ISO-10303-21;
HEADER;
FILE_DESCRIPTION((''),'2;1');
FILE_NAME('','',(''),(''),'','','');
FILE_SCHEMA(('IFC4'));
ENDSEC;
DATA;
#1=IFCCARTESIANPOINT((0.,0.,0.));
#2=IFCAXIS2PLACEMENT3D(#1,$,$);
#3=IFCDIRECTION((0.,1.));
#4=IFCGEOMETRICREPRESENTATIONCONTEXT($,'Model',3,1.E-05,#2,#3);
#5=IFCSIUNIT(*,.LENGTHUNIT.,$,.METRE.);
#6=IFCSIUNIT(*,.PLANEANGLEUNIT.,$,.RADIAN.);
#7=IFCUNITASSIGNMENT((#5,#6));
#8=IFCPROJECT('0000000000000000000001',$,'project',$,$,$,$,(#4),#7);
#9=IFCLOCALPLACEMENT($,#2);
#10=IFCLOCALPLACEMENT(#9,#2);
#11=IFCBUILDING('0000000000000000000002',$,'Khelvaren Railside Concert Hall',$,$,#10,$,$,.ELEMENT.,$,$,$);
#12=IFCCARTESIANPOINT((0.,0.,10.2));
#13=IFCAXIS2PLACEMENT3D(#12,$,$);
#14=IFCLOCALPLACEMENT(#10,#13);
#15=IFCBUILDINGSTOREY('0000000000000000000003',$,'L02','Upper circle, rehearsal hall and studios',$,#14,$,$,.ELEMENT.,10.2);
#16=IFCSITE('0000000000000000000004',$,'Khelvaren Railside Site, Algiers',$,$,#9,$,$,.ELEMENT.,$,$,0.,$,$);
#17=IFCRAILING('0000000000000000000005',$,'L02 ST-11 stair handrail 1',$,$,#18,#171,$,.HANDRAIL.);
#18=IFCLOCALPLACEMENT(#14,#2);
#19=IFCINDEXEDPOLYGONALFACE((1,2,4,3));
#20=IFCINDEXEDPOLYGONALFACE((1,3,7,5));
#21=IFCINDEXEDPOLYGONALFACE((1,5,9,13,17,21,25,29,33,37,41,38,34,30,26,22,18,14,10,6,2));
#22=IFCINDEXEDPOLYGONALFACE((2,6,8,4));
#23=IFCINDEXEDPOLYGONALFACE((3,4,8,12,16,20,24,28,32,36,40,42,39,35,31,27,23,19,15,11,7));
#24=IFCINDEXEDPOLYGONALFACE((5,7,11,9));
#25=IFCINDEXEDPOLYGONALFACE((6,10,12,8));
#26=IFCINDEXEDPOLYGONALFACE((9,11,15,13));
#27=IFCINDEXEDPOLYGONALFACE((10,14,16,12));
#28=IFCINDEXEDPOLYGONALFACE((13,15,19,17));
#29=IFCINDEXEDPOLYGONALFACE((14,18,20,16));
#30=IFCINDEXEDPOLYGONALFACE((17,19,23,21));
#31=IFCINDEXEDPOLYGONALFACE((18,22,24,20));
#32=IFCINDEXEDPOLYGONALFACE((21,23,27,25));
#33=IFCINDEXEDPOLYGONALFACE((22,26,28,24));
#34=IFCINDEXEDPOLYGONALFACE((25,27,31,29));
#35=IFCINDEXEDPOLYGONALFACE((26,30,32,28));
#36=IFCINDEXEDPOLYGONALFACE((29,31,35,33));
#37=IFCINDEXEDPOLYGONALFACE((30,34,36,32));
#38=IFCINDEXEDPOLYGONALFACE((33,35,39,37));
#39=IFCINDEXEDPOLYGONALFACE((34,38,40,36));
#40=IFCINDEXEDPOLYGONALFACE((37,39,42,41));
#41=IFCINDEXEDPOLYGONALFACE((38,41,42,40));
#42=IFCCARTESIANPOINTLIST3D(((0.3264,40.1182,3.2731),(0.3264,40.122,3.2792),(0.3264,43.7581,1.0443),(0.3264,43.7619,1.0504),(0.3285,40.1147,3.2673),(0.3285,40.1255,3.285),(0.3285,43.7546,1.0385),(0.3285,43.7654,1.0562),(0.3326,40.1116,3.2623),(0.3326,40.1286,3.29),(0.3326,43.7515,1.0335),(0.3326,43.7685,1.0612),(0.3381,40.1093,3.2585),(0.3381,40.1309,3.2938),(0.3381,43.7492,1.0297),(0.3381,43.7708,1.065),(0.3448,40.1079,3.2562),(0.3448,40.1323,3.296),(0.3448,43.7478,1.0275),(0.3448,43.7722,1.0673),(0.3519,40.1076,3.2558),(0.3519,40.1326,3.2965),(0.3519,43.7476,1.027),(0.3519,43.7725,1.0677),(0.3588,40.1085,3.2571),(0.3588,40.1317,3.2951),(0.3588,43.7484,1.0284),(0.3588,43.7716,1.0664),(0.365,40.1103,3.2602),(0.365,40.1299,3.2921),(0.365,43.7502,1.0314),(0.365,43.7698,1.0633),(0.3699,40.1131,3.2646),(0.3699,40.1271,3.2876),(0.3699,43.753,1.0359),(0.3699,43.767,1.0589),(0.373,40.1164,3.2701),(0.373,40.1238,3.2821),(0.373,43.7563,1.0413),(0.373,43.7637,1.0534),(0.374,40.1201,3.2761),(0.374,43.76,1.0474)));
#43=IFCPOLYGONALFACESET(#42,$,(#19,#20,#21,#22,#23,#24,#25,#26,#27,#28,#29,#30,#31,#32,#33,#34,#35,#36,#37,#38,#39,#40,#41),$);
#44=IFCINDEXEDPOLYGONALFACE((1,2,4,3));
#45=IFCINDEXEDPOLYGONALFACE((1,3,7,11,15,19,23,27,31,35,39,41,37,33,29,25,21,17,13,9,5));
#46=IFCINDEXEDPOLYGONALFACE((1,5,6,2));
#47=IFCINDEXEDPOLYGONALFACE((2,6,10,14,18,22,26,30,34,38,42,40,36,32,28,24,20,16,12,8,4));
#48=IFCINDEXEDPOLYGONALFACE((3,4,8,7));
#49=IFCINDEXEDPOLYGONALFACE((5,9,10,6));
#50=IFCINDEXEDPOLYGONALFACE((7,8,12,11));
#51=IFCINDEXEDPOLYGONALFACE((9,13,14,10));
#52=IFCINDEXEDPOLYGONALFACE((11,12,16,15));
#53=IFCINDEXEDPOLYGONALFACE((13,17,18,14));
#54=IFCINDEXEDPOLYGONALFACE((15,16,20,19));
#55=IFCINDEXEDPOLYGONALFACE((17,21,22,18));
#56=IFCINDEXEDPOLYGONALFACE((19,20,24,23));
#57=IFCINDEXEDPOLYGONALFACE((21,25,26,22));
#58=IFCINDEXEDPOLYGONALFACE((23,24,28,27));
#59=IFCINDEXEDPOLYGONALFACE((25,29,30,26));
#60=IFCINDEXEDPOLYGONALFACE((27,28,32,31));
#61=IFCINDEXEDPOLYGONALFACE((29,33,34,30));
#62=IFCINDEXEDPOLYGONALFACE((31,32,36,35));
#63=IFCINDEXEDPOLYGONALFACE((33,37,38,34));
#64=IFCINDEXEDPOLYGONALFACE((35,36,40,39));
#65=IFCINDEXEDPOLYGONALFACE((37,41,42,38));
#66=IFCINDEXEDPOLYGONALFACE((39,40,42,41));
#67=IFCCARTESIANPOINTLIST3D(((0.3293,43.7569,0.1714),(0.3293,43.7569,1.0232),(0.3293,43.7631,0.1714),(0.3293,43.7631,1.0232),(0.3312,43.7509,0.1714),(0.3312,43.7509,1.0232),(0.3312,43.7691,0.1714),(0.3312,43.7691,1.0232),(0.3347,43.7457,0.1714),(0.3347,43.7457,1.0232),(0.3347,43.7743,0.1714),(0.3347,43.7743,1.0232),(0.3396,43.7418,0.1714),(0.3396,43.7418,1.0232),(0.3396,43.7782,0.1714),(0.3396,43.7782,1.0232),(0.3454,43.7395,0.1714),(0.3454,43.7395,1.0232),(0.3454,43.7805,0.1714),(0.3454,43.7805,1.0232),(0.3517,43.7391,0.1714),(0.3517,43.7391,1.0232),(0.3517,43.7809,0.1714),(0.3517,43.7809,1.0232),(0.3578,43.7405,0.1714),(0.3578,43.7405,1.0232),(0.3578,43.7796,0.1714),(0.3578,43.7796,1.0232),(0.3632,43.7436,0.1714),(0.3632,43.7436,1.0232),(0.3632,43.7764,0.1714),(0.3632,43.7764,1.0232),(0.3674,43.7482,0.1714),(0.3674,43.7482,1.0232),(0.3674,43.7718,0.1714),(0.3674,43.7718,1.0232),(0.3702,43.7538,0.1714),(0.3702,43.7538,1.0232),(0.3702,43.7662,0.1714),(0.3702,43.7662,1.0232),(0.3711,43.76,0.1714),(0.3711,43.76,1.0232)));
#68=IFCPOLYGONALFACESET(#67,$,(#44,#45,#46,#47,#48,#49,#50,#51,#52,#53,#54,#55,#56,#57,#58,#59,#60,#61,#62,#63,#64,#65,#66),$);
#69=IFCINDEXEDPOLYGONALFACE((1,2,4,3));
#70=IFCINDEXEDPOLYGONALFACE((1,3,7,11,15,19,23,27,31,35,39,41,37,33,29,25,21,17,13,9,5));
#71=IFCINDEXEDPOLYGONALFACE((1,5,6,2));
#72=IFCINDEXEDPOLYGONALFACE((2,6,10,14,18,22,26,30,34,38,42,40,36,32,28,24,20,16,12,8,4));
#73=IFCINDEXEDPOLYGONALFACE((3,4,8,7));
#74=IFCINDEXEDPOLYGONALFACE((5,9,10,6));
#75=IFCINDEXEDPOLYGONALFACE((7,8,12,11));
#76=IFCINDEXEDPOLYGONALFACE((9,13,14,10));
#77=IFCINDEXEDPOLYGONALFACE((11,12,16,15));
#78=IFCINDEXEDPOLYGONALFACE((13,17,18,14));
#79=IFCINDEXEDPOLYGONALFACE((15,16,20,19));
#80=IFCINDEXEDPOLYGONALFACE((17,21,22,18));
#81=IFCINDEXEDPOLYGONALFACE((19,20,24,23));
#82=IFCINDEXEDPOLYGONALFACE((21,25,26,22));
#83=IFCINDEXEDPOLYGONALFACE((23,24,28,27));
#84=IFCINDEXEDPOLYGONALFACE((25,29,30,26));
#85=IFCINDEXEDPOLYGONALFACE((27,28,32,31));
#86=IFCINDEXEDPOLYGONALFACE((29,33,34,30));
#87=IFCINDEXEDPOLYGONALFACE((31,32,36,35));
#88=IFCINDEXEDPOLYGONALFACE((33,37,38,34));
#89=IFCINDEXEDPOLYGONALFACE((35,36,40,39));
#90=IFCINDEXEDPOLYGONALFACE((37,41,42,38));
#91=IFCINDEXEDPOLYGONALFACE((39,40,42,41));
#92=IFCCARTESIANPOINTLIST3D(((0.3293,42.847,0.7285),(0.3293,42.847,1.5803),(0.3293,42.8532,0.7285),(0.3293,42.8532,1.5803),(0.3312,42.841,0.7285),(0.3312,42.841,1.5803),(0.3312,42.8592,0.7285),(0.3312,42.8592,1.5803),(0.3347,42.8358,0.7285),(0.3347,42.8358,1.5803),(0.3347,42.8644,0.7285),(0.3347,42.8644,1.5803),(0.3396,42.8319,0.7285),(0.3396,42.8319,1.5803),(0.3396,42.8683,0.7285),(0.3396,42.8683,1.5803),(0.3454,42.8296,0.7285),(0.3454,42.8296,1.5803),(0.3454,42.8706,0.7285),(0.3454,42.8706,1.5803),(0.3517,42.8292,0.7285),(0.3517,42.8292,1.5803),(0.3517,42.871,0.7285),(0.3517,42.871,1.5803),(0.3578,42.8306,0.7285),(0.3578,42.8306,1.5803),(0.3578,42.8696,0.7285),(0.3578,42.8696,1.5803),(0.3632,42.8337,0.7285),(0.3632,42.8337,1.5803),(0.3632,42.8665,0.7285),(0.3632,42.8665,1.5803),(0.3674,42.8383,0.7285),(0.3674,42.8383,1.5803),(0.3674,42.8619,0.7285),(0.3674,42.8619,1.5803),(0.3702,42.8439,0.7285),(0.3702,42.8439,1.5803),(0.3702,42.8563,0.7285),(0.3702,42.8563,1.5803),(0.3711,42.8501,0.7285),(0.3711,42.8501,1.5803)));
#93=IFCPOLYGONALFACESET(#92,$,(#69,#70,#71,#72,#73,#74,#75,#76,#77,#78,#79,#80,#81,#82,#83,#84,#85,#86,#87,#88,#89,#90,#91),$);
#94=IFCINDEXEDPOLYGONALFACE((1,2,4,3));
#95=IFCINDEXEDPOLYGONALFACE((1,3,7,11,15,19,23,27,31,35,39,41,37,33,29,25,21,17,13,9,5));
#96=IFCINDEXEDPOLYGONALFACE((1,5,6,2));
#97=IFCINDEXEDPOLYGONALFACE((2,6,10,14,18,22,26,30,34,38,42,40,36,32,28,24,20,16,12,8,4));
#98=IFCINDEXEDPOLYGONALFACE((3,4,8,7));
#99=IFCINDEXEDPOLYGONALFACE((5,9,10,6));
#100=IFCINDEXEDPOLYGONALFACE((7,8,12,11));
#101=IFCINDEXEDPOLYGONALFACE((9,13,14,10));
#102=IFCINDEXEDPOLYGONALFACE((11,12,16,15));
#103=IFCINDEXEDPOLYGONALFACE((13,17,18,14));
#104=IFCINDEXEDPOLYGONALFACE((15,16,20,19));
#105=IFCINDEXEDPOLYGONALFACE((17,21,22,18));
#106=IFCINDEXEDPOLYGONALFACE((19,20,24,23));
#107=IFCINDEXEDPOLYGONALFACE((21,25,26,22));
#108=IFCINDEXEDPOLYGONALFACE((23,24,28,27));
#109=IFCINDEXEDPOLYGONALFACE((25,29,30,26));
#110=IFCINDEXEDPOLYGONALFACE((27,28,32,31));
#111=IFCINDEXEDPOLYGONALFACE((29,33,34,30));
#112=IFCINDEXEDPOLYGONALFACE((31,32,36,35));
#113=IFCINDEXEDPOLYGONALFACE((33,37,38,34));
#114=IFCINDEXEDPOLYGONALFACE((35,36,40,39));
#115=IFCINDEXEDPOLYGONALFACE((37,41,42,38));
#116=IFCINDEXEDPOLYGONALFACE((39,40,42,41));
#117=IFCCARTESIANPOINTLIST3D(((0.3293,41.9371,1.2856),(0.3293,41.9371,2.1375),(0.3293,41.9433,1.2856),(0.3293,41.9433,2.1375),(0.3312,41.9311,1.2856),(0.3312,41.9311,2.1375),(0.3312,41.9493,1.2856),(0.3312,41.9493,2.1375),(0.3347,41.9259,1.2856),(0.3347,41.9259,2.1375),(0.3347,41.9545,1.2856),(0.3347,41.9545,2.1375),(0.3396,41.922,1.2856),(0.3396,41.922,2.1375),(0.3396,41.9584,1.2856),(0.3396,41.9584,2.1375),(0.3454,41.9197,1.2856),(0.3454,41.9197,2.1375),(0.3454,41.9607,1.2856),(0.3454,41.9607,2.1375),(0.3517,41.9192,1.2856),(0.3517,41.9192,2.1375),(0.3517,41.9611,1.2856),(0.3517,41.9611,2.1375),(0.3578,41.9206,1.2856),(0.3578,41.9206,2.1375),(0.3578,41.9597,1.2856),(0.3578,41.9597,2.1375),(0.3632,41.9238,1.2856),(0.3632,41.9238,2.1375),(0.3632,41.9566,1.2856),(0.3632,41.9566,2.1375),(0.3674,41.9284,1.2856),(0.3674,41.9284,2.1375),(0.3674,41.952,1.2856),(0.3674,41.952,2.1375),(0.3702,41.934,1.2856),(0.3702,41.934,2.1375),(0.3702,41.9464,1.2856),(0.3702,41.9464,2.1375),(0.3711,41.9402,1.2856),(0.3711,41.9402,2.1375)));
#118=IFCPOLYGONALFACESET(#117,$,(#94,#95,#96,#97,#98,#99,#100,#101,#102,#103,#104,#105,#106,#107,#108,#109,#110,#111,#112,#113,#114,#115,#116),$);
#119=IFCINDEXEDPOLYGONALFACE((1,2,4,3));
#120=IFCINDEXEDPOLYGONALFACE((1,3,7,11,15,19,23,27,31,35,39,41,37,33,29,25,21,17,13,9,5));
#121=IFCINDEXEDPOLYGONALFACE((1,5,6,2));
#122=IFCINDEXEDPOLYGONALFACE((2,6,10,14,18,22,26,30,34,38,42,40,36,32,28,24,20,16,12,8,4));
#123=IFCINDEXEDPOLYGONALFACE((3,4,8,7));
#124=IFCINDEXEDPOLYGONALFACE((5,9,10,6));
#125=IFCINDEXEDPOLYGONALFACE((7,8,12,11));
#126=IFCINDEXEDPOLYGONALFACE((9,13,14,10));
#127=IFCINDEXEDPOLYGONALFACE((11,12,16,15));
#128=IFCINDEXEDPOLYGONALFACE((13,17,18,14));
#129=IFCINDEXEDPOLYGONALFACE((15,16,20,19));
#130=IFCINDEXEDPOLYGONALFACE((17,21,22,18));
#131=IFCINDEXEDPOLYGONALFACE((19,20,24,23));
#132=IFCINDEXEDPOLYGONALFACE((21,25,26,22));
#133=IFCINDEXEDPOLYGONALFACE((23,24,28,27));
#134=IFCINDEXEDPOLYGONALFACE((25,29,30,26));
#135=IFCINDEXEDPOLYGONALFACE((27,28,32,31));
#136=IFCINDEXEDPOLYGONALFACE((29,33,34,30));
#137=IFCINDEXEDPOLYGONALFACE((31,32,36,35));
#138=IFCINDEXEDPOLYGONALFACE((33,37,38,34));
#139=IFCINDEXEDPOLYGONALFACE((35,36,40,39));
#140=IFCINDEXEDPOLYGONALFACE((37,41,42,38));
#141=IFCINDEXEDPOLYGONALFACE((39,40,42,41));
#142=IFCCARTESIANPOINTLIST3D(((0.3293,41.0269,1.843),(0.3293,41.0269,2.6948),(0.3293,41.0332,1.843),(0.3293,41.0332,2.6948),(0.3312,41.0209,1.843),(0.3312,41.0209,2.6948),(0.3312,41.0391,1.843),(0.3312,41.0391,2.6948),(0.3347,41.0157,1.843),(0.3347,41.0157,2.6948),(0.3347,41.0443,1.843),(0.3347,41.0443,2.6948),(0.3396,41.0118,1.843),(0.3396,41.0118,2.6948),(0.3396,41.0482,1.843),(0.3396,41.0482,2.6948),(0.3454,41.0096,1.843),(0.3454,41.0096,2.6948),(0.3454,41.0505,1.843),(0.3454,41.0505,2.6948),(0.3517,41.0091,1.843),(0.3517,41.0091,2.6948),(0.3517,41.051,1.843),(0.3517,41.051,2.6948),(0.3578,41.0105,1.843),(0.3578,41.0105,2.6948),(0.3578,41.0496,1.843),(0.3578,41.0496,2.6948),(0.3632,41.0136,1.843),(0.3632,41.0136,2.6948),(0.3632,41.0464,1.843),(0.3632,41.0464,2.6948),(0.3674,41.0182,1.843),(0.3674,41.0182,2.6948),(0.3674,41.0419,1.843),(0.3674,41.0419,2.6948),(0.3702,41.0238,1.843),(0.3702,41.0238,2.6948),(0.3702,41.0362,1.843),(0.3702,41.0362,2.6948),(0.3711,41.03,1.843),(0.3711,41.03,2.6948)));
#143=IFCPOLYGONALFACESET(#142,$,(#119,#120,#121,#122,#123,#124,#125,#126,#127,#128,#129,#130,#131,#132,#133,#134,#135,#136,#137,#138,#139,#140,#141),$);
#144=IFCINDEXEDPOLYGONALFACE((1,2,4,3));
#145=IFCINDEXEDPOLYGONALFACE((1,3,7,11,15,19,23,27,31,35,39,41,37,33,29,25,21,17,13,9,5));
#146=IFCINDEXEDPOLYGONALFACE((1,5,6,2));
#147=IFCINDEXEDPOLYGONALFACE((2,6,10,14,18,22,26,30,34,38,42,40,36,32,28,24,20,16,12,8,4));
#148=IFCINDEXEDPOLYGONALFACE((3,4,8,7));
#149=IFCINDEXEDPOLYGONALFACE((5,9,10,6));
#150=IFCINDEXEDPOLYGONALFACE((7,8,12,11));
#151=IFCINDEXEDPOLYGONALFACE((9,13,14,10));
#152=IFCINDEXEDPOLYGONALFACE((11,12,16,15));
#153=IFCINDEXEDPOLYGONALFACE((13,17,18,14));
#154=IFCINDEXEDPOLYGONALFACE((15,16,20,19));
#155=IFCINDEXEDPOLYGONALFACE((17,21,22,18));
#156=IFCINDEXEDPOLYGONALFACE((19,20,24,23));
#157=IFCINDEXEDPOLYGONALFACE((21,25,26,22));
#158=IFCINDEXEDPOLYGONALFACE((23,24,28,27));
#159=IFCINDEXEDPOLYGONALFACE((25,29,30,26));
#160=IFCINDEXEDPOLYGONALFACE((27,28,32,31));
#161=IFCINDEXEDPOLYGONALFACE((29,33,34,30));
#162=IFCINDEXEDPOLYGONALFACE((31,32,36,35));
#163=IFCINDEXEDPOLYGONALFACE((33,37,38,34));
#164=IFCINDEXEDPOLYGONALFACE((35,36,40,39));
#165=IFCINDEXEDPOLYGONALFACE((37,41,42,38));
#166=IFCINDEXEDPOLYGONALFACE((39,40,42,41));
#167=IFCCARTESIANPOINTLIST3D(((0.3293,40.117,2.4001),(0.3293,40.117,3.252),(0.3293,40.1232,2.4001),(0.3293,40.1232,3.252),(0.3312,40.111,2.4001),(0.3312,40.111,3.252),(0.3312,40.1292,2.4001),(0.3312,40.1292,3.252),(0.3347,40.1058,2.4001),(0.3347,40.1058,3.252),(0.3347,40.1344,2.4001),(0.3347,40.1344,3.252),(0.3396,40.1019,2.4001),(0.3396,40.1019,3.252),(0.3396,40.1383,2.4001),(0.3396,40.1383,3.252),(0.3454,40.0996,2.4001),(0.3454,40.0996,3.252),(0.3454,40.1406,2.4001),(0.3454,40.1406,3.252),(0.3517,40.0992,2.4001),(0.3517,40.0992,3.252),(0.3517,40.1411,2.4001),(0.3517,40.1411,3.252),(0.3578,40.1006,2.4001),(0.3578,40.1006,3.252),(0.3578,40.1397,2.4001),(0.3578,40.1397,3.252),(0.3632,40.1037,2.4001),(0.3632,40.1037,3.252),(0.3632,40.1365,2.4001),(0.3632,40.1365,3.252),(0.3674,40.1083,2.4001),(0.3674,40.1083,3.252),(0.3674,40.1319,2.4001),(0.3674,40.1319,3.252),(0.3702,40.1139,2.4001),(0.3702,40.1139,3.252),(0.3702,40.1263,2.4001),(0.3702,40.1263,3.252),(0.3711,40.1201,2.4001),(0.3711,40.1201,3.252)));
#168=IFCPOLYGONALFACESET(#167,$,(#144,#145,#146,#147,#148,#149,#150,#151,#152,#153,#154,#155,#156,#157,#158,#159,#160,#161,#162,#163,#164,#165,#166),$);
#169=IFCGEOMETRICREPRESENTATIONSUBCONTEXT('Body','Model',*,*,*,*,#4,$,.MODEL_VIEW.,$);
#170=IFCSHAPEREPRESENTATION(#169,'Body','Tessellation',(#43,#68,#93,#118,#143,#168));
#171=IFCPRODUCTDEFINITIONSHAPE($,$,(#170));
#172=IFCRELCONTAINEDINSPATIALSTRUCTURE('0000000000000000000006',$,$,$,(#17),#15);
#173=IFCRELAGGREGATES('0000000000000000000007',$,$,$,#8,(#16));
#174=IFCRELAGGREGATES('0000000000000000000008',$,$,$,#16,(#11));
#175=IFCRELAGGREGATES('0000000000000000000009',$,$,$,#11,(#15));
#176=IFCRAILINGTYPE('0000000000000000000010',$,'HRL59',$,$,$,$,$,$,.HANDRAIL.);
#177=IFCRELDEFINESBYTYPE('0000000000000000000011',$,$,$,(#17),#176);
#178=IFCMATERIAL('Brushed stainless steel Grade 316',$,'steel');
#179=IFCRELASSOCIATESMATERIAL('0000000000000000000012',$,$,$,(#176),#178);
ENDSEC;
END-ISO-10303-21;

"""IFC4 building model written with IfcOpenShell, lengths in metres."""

from ifc_helpers import new_model, si_unit, direction, frame, origin, origin_2d, place, context, subcontext, project, spatial, circle, extrude, material, type_object, element, save


model = new_model("IFC4")

# Units and contexts
model_context = context("Model", 3, precision=1e-05, world=origin(), true_north=direction((0.0, 1.0)))
body_context = subcontext(model_context, "Body", "Model", "MODEL_VIEW")
ifc_project = project(units=[si_unit("LENGTHUNIT", "METRE"), si_unit("PLANEANGLEUNIT", "RADIAN")], contexts=[model_context])

# Site, building, storey
site_placement = place(None, origin())
site = spatial("IfcSite", under=ifc_project, at=site_placement, Name="Khelvaren Railside Site, Algiers", CompositionType="ELEMENT", RefElevation=0.0)
building_placement = place(site_placement, origin())
building = spatial("IfcBuilding", under=site, at=building_placement, Name="Khelvaren Railside Concert Hall", CompositionType="ELEMENT")
storey_placement = place(building_placement, frame((0.0, 0.0, 10.2)))
storey = spatial("IfcBuildingStorey", under=building, at=storey_placement, Name="L02", Description="Upper circle, rehearsal hall and studios", CompositionType="ELEMENT", Elevation=10.2)

# Railing
ifc_material_1 = material(Name="Brushed stainless steel Grade 316", Category="steel")
railing_type_1 = type_object("IfcRailingType", Name="HRL59", PredefinedType="HANDRAIL", material=ifc_material_1)
railing_1_placement = place(storey_placement, frame((0.3501, 43.76, 0.1714)))
element("IfcRailing", 1, at=railing_1_placement, inside=storey, type_object=railing_type_1, Name="L02 ST-11 stair handrail 1", PredefinedType="HANDRAIL", context=body_context, shape_type="SweptSolid", body=[
    extrude(circle(Radius=0.0239, at=origin_2d()), frame((0.0, 0.0, 0.876), z_axis=(0.0, -0.852825, 0.522197), x_axis=(1.0, 0.0, 0.0)), (0.0, 0.0, 1.0), 4.2681),
    extrude(circle(Radius=0.021, at=origin_2d()), origin(), (0.0, 0.0, 1.0), 0.8518),
    extrude(circle(Radius=0.021, at=origin_2d()), frame((0.0, -0.9099, 0.5571)), (0.0, 0.0, 1.0), 0.8518),
    extrude(circle(Radius=0.021, at=origin_2d()), frame((0.0, -1.8198, 1.1143)), (0.0, 0.0, 1.0), 0.8518),
    extrude(circle(Radius=0.021, at=origin_2d()), frame((0.0, -2.73, 1.6716)), (0.0, 0.0, 1.0), 0.8518),
    extrude(circle(Radius=0.021, at=origin_2d()), frame((0.0, -3.6399, 2.2288)), (0.0, 0.0, 1.0), 0.8518),
])

save(model, "model.ifc")
